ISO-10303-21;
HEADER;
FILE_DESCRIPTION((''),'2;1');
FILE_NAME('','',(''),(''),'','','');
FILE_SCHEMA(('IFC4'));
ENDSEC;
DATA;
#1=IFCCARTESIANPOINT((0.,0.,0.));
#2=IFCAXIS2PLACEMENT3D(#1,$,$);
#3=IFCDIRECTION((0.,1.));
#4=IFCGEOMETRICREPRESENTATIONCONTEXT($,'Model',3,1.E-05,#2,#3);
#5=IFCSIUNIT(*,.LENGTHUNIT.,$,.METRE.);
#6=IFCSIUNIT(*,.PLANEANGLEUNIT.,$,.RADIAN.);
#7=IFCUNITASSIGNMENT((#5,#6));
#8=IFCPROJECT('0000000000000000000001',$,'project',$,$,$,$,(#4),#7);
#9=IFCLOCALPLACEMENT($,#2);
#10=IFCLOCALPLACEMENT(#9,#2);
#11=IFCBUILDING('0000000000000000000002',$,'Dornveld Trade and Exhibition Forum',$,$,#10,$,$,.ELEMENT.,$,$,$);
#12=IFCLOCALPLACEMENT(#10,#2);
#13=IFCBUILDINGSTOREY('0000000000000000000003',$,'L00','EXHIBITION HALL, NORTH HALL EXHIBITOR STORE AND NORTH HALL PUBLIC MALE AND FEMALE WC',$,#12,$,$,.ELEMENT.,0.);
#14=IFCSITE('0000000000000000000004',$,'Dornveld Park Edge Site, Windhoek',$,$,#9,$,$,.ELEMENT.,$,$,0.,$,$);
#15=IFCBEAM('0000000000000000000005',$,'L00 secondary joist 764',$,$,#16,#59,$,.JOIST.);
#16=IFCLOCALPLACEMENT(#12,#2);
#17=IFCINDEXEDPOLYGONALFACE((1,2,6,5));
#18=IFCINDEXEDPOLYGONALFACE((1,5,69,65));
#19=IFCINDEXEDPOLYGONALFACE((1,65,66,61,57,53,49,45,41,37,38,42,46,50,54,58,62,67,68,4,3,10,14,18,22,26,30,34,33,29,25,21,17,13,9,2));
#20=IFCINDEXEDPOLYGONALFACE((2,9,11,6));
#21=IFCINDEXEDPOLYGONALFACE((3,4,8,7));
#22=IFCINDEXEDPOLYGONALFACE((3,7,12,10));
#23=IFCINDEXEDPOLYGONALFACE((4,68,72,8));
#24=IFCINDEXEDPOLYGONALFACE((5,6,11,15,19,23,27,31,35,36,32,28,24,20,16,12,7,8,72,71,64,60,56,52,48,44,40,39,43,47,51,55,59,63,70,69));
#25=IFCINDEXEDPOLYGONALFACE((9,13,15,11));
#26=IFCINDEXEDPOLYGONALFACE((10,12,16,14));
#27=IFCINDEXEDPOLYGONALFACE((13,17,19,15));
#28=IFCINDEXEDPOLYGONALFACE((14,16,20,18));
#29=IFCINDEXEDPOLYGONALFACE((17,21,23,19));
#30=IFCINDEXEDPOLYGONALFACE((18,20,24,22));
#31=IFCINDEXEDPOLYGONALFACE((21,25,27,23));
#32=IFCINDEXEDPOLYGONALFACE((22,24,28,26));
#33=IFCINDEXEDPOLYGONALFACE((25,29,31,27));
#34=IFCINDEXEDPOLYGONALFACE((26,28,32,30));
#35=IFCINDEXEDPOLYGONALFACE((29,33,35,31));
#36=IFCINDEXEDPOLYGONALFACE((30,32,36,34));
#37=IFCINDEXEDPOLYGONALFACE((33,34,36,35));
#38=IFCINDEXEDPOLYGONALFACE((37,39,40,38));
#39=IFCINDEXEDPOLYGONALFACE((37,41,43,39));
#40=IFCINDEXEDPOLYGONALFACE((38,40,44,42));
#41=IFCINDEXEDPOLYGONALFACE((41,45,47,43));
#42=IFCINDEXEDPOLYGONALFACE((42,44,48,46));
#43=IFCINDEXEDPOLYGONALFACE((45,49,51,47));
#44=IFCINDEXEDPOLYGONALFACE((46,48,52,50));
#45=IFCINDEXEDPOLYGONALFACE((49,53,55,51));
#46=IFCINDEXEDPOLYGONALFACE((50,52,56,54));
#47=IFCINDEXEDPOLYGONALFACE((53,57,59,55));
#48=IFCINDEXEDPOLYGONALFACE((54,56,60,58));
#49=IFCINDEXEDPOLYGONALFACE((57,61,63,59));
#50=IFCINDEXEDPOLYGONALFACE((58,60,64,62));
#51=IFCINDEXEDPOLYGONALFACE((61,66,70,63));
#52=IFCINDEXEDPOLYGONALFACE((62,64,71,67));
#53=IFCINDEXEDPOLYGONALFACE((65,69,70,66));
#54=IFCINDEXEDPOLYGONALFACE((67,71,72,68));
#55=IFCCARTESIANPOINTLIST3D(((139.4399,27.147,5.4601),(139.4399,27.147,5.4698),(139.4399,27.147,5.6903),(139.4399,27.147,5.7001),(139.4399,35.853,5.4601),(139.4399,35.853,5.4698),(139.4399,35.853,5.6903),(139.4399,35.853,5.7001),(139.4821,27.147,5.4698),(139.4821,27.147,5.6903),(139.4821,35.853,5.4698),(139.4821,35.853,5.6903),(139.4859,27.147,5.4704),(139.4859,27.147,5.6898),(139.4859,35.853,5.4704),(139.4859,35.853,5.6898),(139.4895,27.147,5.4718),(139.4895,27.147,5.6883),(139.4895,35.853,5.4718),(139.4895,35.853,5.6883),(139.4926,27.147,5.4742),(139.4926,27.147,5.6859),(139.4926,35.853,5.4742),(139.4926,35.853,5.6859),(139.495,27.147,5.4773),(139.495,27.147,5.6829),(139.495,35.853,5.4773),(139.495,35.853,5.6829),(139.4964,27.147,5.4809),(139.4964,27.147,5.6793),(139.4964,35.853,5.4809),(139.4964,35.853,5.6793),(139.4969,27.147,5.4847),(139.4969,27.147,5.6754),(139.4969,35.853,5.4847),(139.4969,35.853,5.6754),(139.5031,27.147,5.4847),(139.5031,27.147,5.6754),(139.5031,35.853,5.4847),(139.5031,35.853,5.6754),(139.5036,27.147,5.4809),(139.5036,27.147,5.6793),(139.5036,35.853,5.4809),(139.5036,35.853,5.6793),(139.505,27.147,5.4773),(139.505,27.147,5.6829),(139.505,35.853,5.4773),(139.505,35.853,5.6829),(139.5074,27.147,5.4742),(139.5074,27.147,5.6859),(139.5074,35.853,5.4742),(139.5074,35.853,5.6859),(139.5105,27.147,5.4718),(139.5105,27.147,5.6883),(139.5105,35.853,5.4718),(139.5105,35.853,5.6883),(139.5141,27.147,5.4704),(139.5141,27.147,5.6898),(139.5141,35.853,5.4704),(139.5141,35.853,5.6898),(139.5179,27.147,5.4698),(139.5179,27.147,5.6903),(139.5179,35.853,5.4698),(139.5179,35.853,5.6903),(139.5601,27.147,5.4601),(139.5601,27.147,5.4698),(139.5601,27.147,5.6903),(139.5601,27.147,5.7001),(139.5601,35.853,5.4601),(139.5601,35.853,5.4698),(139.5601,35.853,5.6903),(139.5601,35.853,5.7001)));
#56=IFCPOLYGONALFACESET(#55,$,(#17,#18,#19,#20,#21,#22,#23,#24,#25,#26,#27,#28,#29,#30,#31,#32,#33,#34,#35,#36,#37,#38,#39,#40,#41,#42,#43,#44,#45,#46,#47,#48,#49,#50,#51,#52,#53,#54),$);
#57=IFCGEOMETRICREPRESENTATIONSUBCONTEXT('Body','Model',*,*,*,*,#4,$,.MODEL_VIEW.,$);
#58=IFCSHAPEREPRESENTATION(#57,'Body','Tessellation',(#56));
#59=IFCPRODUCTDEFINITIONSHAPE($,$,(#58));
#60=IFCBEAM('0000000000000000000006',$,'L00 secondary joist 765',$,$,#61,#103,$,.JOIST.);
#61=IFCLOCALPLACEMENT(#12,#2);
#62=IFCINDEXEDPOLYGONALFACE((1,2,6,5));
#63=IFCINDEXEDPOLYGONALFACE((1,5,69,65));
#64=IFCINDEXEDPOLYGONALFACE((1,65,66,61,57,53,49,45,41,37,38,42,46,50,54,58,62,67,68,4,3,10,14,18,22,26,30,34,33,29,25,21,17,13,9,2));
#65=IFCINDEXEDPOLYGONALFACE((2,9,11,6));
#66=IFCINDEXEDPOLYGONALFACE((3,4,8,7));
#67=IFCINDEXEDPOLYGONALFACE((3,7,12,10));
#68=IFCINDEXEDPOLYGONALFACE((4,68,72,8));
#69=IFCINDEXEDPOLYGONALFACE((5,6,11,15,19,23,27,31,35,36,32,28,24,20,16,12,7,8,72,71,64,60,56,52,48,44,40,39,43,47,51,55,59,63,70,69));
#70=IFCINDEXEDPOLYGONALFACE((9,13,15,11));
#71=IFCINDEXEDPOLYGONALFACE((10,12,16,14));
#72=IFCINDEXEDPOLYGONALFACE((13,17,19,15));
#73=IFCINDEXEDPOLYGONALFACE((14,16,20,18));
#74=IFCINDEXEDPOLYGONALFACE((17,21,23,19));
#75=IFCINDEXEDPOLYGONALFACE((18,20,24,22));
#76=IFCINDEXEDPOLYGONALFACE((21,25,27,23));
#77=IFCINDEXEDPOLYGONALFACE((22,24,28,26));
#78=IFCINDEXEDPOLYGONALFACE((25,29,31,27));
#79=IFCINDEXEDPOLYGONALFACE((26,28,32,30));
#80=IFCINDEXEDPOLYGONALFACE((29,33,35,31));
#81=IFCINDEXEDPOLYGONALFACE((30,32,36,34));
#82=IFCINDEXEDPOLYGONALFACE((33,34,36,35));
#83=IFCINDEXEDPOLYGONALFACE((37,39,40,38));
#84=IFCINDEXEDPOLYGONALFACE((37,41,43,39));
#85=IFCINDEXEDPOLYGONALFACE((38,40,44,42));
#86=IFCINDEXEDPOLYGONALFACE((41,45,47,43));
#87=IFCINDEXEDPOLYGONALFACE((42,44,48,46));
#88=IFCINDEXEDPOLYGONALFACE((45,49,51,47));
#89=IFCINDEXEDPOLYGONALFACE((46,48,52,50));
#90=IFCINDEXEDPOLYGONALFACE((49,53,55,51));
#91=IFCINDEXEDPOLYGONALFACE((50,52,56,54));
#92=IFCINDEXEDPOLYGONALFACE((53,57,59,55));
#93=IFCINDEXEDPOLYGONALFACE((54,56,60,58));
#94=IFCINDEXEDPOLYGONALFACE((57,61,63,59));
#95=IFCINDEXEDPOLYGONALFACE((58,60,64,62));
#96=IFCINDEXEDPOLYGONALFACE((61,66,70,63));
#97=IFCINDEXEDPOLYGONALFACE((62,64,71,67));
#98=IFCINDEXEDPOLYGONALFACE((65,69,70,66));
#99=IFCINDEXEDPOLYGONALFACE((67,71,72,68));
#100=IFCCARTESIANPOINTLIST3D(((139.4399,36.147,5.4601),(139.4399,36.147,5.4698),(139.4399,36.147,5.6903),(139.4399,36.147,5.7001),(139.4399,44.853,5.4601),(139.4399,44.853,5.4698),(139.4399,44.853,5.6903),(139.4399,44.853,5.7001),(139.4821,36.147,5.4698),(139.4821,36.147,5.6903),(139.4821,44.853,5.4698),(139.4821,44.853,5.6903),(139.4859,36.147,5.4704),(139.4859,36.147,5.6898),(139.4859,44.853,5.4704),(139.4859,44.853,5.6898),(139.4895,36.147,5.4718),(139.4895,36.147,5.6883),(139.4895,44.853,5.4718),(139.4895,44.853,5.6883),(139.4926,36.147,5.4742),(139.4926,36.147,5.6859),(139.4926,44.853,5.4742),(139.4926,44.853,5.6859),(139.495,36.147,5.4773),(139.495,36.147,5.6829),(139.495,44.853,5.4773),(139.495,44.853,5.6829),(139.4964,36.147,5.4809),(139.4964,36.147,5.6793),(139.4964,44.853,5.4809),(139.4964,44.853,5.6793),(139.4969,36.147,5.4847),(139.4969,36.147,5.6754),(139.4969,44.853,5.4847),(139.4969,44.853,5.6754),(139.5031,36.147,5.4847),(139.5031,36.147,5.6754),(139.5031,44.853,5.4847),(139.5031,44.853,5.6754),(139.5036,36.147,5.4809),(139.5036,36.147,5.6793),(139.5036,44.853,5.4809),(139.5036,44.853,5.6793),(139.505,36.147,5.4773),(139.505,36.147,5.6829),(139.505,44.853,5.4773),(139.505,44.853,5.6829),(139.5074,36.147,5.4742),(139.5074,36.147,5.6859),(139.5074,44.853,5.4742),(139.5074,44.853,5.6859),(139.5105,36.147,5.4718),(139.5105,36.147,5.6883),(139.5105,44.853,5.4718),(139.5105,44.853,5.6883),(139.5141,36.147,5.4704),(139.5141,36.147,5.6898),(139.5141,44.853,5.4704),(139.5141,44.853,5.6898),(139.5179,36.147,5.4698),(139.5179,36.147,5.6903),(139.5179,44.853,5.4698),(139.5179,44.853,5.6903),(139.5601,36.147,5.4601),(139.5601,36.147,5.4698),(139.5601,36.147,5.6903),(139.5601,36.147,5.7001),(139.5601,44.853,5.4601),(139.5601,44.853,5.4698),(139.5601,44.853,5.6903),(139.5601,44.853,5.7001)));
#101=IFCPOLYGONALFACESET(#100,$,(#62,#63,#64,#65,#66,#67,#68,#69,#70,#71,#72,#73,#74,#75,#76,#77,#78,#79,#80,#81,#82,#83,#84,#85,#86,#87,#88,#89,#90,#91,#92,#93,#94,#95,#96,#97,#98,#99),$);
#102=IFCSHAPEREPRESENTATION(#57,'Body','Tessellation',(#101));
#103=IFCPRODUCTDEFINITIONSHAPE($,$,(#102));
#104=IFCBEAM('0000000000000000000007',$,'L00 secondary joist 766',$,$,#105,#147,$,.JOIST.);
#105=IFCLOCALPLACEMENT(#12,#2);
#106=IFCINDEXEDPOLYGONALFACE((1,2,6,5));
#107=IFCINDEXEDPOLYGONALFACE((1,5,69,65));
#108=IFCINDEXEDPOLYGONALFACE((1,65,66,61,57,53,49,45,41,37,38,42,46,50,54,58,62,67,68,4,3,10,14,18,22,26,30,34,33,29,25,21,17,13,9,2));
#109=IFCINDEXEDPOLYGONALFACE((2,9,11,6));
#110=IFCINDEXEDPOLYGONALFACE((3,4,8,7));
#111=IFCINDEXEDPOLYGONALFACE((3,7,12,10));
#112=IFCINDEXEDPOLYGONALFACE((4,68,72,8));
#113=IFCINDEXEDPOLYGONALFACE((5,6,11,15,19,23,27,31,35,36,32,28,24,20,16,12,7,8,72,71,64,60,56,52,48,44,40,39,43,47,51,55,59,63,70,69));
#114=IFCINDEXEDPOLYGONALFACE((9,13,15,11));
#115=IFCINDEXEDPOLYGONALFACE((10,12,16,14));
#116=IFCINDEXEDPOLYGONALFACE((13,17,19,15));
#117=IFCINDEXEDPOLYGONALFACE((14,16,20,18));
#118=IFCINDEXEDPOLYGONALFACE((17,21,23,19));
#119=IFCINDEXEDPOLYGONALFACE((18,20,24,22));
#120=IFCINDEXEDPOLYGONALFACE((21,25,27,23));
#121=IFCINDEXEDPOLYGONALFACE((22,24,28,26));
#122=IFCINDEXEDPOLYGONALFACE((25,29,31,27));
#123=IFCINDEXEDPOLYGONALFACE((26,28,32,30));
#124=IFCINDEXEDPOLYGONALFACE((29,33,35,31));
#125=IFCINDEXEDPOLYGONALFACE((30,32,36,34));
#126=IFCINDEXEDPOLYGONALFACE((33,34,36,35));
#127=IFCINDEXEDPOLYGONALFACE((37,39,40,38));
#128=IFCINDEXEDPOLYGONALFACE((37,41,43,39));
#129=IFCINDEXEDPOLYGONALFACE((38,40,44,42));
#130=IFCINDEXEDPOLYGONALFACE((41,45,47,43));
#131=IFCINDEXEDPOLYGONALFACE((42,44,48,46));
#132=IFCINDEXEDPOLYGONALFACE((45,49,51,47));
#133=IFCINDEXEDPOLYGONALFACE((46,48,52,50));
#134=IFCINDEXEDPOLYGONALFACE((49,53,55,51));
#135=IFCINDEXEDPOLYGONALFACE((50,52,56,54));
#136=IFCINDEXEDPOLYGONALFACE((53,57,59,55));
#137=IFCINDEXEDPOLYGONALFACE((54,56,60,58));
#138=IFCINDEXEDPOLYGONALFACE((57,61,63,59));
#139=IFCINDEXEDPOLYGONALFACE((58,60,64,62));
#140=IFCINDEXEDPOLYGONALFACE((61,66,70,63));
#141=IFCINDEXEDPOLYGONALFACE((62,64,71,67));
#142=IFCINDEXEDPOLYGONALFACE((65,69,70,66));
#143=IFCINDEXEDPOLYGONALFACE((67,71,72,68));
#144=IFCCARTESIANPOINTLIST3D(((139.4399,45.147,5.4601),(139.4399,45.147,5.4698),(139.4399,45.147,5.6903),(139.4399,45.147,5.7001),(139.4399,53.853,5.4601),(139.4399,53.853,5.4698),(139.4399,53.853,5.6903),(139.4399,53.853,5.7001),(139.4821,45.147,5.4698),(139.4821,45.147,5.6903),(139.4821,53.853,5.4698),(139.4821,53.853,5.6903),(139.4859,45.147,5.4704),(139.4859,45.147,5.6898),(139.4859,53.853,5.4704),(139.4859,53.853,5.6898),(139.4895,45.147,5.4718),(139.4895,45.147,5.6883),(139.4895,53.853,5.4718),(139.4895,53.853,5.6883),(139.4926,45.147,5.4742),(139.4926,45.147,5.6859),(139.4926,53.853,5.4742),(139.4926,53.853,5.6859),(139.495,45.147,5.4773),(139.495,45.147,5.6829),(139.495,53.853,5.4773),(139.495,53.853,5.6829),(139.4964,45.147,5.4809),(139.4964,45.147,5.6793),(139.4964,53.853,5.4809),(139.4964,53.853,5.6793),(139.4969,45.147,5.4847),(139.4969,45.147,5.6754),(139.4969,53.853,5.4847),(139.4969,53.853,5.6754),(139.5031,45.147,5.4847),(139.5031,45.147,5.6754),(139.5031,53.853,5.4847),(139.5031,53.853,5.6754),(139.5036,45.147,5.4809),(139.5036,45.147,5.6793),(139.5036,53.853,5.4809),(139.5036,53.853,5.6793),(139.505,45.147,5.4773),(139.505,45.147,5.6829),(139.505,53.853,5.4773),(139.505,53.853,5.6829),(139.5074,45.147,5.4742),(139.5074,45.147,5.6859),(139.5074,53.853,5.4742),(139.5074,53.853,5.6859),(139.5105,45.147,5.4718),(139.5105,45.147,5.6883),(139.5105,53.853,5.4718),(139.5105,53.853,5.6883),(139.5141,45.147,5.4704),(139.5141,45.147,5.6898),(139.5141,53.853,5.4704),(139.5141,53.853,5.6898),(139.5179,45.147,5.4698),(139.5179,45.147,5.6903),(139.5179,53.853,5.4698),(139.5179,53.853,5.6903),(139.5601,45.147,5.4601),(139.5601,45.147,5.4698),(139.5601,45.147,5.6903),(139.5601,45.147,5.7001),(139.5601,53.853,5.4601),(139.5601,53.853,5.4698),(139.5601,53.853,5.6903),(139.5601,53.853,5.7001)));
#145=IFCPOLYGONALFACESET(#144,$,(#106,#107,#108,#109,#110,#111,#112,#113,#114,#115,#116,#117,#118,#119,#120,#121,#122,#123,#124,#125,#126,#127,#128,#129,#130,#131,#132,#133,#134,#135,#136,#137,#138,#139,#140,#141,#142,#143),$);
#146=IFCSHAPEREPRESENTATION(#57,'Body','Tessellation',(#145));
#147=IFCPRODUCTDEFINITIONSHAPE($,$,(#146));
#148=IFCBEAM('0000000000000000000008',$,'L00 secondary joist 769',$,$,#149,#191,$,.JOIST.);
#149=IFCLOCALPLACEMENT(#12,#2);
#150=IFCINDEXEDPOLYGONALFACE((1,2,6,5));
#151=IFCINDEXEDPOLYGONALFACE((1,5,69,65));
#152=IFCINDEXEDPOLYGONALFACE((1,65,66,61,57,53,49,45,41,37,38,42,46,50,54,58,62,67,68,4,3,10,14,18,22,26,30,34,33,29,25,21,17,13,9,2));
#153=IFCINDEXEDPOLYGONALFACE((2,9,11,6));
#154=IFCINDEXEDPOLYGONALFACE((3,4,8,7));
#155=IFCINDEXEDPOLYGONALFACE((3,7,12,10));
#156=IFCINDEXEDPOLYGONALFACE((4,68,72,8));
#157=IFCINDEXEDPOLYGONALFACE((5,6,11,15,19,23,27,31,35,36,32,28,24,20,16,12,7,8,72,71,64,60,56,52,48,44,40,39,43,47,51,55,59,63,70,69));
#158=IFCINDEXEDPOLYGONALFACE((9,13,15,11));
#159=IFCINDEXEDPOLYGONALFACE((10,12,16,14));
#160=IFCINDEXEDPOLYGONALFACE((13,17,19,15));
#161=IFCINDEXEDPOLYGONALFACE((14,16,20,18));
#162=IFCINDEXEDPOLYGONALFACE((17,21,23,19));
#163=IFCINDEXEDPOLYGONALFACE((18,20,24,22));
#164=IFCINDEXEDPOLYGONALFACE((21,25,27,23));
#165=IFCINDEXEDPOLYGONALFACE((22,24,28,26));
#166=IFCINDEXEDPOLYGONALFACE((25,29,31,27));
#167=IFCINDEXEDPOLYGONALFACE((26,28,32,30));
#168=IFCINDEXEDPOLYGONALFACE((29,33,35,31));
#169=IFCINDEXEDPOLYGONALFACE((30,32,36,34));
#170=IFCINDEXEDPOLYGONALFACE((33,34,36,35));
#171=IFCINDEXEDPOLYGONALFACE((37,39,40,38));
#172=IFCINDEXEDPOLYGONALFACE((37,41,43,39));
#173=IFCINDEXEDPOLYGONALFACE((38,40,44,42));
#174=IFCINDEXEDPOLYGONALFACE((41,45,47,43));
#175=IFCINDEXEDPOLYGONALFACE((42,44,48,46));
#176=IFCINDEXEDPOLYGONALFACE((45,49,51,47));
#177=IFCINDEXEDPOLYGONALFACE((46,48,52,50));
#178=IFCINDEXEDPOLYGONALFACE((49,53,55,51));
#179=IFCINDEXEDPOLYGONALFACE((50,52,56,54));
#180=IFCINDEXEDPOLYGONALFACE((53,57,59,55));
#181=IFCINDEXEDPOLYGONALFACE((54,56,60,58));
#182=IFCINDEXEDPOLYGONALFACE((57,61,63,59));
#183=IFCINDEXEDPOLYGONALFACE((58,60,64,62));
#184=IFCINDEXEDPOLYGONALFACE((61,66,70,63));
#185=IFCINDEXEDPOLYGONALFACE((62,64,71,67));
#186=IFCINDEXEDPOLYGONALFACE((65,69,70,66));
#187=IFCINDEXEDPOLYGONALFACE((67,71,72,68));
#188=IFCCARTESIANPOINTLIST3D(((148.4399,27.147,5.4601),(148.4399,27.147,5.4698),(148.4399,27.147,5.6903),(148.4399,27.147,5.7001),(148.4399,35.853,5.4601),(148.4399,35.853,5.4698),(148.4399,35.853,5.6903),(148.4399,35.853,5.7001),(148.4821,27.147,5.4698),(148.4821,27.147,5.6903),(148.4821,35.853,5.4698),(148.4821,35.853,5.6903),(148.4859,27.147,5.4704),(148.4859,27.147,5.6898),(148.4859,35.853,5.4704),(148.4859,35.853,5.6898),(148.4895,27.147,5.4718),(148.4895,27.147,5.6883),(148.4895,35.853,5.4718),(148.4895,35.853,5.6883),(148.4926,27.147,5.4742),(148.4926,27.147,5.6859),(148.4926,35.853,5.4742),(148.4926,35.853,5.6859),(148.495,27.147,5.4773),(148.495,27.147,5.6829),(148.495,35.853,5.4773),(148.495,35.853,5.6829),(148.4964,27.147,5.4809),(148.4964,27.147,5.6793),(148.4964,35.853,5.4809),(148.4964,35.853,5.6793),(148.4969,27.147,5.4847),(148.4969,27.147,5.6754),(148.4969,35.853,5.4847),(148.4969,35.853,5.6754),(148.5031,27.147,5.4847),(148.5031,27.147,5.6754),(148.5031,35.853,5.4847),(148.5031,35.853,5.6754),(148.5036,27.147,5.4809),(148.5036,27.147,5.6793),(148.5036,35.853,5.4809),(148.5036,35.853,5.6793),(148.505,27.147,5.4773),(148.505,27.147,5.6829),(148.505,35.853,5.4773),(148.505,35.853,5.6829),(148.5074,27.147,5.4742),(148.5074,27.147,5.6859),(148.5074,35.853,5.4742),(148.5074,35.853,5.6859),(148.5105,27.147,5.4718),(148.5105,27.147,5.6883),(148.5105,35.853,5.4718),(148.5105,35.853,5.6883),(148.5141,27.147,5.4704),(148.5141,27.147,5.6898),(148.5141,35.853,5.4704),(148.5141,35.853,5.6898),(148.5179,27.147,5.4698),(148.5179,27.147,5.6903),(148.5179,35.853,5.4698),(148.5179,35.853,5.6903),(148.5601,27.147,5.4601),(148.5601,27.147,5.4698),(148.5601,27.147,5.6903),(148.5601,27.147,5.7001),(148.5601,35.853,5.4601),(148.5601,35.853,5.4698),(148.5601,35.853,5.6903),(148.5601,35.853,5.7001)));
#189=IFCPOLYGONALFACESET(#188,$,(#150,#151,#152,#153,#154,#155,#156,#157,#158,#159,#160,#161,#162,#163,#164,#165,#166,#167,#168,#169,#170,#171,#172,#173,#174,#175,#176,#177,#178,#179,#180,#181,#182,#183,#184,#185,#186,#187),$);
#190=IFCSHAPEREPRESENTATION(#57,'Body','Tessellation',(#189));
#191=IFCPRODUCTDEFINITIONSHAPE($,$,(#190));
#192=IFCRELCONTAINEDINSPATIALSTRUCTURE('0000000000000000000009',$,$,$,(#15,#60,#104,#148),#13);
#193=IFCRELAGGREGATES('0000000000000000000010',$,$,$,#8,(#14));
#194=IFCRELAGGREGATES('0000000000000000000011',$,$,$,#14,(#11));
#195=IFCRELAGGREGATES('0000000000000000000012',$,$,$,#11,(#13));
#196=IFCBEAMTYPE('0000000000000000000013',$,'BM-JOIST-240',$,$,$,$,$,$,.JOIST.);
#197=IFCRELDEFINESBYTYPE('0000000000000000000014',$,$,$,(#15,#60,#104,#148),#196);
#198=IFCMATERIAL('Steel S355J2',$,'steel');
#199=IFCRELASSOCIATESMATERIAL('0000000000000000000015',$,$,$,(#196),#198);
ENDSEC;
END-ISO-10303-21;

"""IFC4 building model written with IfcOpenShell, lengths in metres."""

from ifc_helpers import new_model, si_unit, direction, frame, origin, origin_2d, place, context, subcontext, project, spatial, i_section, extrude, material, material_profile, profile_set, type_object, element, save


model = new_model("IFC4")

# Units and contexts
model_context = context("Model", 3, precision=1e-05, world=origin(), true_north=direction((0.0, 1.0)))
body_context = subcontext(model_context, "Body", "Model", "MODEL_VIEW")
ifc_project = project(units=[si_unit("LENGTHUNIT", "METRE"), si_unit("PLANEANGLEUNIT", "RADIAN")], contexts=[model_context])

# Site, building, storey
site_placement = place(None, origin())
site = spatial("IfcSite", under=ifc_project, at=site_placement, Name="Dornveld Park Edge Site, Windhoek", CompositionType="ELEMENT", RefElevation=0.0)
building_placement = place(site_placement, origin())
building = spatial("IfcBuilding", under=site, at=building_placement, Name="Dornveld Trade and Exhibition Forum", CompositionType="ELEMENT")
storey_placement = place(building_placement, origin())
storey = spatial("IfcBuildingStorey", under=building, at=storey_placement, Name="L00", Description="EXHIBITION HALL, NORTH HALL EXHIBITOR STORE AND NORTH HALL PUBLIC MALE AND FEMALE WC", CompositionType="ELEMENT", Elevation=0.0)

# Beams
ifc_material_1 = material(Name="Steel S355J2", Category="steel")
ifc_material_profile_1 = material_profile(ifc_material_1, i_section(OverallWidth=0.1201, OverallDepth=0.24, WebThickness=0.0061, FlangeThickness=0.0098, FilletRadius=0.0149, at=origin_2d()), Name="IPE 240")
ifc_profile_set_1 = profile_set([ifc_material_profile_1], Name="Steel S355J2")
beam_type_1 = type_object("IfcBeamType", Name="BM-JOIST-240", PredefinedType="JOIST", material=ifc_profile_set_1)
for number, where, z_axis, x_axis, name in (
    (1, (139.5, 27.147, 5.5801), (0.0, 1.0, 0.0), (-1.0, 0.0, 0.0), "L00 secondary joist 764"),
    (2, (139.5, 36.147, 5.5801), (0.0, 1.0, 0.0), (-1.0, 0.0, 0.0), "L00 secondary joist 765"),
    (3, (139.5, 45.147, 5.5801), (0.0, 1.0, 0.0), (-1.0, 0.0, 0.0), "L00 secondary joist 766"),
    (4, (148.5, 27.147, 5.5801), (0.0, 1.0, 0.0), (-1.0, 0.0, 0.0), "L00 secondary joist 769"),
):
    element("IfcBeam", number, at=place(storey_placement, frame(where, z_axis=z_axis, x_axis=x_axis)), inside=storey, type_object=beam_type_1, Name=name, PredefinedType="JOIST", context=body_context, shape_type="SweptSolid", body=[
        extrude(i_section(OverallWidth=0.1201, OverallDepth=0.24, WebThickness=0.0061, FlangeThickness=0.0098, FilletRadius=0.0149, at=origin_2d()), origin(), (0.0, 0.0, 1.0), 8.7061),
    ])

save(model, "model.ifc")
